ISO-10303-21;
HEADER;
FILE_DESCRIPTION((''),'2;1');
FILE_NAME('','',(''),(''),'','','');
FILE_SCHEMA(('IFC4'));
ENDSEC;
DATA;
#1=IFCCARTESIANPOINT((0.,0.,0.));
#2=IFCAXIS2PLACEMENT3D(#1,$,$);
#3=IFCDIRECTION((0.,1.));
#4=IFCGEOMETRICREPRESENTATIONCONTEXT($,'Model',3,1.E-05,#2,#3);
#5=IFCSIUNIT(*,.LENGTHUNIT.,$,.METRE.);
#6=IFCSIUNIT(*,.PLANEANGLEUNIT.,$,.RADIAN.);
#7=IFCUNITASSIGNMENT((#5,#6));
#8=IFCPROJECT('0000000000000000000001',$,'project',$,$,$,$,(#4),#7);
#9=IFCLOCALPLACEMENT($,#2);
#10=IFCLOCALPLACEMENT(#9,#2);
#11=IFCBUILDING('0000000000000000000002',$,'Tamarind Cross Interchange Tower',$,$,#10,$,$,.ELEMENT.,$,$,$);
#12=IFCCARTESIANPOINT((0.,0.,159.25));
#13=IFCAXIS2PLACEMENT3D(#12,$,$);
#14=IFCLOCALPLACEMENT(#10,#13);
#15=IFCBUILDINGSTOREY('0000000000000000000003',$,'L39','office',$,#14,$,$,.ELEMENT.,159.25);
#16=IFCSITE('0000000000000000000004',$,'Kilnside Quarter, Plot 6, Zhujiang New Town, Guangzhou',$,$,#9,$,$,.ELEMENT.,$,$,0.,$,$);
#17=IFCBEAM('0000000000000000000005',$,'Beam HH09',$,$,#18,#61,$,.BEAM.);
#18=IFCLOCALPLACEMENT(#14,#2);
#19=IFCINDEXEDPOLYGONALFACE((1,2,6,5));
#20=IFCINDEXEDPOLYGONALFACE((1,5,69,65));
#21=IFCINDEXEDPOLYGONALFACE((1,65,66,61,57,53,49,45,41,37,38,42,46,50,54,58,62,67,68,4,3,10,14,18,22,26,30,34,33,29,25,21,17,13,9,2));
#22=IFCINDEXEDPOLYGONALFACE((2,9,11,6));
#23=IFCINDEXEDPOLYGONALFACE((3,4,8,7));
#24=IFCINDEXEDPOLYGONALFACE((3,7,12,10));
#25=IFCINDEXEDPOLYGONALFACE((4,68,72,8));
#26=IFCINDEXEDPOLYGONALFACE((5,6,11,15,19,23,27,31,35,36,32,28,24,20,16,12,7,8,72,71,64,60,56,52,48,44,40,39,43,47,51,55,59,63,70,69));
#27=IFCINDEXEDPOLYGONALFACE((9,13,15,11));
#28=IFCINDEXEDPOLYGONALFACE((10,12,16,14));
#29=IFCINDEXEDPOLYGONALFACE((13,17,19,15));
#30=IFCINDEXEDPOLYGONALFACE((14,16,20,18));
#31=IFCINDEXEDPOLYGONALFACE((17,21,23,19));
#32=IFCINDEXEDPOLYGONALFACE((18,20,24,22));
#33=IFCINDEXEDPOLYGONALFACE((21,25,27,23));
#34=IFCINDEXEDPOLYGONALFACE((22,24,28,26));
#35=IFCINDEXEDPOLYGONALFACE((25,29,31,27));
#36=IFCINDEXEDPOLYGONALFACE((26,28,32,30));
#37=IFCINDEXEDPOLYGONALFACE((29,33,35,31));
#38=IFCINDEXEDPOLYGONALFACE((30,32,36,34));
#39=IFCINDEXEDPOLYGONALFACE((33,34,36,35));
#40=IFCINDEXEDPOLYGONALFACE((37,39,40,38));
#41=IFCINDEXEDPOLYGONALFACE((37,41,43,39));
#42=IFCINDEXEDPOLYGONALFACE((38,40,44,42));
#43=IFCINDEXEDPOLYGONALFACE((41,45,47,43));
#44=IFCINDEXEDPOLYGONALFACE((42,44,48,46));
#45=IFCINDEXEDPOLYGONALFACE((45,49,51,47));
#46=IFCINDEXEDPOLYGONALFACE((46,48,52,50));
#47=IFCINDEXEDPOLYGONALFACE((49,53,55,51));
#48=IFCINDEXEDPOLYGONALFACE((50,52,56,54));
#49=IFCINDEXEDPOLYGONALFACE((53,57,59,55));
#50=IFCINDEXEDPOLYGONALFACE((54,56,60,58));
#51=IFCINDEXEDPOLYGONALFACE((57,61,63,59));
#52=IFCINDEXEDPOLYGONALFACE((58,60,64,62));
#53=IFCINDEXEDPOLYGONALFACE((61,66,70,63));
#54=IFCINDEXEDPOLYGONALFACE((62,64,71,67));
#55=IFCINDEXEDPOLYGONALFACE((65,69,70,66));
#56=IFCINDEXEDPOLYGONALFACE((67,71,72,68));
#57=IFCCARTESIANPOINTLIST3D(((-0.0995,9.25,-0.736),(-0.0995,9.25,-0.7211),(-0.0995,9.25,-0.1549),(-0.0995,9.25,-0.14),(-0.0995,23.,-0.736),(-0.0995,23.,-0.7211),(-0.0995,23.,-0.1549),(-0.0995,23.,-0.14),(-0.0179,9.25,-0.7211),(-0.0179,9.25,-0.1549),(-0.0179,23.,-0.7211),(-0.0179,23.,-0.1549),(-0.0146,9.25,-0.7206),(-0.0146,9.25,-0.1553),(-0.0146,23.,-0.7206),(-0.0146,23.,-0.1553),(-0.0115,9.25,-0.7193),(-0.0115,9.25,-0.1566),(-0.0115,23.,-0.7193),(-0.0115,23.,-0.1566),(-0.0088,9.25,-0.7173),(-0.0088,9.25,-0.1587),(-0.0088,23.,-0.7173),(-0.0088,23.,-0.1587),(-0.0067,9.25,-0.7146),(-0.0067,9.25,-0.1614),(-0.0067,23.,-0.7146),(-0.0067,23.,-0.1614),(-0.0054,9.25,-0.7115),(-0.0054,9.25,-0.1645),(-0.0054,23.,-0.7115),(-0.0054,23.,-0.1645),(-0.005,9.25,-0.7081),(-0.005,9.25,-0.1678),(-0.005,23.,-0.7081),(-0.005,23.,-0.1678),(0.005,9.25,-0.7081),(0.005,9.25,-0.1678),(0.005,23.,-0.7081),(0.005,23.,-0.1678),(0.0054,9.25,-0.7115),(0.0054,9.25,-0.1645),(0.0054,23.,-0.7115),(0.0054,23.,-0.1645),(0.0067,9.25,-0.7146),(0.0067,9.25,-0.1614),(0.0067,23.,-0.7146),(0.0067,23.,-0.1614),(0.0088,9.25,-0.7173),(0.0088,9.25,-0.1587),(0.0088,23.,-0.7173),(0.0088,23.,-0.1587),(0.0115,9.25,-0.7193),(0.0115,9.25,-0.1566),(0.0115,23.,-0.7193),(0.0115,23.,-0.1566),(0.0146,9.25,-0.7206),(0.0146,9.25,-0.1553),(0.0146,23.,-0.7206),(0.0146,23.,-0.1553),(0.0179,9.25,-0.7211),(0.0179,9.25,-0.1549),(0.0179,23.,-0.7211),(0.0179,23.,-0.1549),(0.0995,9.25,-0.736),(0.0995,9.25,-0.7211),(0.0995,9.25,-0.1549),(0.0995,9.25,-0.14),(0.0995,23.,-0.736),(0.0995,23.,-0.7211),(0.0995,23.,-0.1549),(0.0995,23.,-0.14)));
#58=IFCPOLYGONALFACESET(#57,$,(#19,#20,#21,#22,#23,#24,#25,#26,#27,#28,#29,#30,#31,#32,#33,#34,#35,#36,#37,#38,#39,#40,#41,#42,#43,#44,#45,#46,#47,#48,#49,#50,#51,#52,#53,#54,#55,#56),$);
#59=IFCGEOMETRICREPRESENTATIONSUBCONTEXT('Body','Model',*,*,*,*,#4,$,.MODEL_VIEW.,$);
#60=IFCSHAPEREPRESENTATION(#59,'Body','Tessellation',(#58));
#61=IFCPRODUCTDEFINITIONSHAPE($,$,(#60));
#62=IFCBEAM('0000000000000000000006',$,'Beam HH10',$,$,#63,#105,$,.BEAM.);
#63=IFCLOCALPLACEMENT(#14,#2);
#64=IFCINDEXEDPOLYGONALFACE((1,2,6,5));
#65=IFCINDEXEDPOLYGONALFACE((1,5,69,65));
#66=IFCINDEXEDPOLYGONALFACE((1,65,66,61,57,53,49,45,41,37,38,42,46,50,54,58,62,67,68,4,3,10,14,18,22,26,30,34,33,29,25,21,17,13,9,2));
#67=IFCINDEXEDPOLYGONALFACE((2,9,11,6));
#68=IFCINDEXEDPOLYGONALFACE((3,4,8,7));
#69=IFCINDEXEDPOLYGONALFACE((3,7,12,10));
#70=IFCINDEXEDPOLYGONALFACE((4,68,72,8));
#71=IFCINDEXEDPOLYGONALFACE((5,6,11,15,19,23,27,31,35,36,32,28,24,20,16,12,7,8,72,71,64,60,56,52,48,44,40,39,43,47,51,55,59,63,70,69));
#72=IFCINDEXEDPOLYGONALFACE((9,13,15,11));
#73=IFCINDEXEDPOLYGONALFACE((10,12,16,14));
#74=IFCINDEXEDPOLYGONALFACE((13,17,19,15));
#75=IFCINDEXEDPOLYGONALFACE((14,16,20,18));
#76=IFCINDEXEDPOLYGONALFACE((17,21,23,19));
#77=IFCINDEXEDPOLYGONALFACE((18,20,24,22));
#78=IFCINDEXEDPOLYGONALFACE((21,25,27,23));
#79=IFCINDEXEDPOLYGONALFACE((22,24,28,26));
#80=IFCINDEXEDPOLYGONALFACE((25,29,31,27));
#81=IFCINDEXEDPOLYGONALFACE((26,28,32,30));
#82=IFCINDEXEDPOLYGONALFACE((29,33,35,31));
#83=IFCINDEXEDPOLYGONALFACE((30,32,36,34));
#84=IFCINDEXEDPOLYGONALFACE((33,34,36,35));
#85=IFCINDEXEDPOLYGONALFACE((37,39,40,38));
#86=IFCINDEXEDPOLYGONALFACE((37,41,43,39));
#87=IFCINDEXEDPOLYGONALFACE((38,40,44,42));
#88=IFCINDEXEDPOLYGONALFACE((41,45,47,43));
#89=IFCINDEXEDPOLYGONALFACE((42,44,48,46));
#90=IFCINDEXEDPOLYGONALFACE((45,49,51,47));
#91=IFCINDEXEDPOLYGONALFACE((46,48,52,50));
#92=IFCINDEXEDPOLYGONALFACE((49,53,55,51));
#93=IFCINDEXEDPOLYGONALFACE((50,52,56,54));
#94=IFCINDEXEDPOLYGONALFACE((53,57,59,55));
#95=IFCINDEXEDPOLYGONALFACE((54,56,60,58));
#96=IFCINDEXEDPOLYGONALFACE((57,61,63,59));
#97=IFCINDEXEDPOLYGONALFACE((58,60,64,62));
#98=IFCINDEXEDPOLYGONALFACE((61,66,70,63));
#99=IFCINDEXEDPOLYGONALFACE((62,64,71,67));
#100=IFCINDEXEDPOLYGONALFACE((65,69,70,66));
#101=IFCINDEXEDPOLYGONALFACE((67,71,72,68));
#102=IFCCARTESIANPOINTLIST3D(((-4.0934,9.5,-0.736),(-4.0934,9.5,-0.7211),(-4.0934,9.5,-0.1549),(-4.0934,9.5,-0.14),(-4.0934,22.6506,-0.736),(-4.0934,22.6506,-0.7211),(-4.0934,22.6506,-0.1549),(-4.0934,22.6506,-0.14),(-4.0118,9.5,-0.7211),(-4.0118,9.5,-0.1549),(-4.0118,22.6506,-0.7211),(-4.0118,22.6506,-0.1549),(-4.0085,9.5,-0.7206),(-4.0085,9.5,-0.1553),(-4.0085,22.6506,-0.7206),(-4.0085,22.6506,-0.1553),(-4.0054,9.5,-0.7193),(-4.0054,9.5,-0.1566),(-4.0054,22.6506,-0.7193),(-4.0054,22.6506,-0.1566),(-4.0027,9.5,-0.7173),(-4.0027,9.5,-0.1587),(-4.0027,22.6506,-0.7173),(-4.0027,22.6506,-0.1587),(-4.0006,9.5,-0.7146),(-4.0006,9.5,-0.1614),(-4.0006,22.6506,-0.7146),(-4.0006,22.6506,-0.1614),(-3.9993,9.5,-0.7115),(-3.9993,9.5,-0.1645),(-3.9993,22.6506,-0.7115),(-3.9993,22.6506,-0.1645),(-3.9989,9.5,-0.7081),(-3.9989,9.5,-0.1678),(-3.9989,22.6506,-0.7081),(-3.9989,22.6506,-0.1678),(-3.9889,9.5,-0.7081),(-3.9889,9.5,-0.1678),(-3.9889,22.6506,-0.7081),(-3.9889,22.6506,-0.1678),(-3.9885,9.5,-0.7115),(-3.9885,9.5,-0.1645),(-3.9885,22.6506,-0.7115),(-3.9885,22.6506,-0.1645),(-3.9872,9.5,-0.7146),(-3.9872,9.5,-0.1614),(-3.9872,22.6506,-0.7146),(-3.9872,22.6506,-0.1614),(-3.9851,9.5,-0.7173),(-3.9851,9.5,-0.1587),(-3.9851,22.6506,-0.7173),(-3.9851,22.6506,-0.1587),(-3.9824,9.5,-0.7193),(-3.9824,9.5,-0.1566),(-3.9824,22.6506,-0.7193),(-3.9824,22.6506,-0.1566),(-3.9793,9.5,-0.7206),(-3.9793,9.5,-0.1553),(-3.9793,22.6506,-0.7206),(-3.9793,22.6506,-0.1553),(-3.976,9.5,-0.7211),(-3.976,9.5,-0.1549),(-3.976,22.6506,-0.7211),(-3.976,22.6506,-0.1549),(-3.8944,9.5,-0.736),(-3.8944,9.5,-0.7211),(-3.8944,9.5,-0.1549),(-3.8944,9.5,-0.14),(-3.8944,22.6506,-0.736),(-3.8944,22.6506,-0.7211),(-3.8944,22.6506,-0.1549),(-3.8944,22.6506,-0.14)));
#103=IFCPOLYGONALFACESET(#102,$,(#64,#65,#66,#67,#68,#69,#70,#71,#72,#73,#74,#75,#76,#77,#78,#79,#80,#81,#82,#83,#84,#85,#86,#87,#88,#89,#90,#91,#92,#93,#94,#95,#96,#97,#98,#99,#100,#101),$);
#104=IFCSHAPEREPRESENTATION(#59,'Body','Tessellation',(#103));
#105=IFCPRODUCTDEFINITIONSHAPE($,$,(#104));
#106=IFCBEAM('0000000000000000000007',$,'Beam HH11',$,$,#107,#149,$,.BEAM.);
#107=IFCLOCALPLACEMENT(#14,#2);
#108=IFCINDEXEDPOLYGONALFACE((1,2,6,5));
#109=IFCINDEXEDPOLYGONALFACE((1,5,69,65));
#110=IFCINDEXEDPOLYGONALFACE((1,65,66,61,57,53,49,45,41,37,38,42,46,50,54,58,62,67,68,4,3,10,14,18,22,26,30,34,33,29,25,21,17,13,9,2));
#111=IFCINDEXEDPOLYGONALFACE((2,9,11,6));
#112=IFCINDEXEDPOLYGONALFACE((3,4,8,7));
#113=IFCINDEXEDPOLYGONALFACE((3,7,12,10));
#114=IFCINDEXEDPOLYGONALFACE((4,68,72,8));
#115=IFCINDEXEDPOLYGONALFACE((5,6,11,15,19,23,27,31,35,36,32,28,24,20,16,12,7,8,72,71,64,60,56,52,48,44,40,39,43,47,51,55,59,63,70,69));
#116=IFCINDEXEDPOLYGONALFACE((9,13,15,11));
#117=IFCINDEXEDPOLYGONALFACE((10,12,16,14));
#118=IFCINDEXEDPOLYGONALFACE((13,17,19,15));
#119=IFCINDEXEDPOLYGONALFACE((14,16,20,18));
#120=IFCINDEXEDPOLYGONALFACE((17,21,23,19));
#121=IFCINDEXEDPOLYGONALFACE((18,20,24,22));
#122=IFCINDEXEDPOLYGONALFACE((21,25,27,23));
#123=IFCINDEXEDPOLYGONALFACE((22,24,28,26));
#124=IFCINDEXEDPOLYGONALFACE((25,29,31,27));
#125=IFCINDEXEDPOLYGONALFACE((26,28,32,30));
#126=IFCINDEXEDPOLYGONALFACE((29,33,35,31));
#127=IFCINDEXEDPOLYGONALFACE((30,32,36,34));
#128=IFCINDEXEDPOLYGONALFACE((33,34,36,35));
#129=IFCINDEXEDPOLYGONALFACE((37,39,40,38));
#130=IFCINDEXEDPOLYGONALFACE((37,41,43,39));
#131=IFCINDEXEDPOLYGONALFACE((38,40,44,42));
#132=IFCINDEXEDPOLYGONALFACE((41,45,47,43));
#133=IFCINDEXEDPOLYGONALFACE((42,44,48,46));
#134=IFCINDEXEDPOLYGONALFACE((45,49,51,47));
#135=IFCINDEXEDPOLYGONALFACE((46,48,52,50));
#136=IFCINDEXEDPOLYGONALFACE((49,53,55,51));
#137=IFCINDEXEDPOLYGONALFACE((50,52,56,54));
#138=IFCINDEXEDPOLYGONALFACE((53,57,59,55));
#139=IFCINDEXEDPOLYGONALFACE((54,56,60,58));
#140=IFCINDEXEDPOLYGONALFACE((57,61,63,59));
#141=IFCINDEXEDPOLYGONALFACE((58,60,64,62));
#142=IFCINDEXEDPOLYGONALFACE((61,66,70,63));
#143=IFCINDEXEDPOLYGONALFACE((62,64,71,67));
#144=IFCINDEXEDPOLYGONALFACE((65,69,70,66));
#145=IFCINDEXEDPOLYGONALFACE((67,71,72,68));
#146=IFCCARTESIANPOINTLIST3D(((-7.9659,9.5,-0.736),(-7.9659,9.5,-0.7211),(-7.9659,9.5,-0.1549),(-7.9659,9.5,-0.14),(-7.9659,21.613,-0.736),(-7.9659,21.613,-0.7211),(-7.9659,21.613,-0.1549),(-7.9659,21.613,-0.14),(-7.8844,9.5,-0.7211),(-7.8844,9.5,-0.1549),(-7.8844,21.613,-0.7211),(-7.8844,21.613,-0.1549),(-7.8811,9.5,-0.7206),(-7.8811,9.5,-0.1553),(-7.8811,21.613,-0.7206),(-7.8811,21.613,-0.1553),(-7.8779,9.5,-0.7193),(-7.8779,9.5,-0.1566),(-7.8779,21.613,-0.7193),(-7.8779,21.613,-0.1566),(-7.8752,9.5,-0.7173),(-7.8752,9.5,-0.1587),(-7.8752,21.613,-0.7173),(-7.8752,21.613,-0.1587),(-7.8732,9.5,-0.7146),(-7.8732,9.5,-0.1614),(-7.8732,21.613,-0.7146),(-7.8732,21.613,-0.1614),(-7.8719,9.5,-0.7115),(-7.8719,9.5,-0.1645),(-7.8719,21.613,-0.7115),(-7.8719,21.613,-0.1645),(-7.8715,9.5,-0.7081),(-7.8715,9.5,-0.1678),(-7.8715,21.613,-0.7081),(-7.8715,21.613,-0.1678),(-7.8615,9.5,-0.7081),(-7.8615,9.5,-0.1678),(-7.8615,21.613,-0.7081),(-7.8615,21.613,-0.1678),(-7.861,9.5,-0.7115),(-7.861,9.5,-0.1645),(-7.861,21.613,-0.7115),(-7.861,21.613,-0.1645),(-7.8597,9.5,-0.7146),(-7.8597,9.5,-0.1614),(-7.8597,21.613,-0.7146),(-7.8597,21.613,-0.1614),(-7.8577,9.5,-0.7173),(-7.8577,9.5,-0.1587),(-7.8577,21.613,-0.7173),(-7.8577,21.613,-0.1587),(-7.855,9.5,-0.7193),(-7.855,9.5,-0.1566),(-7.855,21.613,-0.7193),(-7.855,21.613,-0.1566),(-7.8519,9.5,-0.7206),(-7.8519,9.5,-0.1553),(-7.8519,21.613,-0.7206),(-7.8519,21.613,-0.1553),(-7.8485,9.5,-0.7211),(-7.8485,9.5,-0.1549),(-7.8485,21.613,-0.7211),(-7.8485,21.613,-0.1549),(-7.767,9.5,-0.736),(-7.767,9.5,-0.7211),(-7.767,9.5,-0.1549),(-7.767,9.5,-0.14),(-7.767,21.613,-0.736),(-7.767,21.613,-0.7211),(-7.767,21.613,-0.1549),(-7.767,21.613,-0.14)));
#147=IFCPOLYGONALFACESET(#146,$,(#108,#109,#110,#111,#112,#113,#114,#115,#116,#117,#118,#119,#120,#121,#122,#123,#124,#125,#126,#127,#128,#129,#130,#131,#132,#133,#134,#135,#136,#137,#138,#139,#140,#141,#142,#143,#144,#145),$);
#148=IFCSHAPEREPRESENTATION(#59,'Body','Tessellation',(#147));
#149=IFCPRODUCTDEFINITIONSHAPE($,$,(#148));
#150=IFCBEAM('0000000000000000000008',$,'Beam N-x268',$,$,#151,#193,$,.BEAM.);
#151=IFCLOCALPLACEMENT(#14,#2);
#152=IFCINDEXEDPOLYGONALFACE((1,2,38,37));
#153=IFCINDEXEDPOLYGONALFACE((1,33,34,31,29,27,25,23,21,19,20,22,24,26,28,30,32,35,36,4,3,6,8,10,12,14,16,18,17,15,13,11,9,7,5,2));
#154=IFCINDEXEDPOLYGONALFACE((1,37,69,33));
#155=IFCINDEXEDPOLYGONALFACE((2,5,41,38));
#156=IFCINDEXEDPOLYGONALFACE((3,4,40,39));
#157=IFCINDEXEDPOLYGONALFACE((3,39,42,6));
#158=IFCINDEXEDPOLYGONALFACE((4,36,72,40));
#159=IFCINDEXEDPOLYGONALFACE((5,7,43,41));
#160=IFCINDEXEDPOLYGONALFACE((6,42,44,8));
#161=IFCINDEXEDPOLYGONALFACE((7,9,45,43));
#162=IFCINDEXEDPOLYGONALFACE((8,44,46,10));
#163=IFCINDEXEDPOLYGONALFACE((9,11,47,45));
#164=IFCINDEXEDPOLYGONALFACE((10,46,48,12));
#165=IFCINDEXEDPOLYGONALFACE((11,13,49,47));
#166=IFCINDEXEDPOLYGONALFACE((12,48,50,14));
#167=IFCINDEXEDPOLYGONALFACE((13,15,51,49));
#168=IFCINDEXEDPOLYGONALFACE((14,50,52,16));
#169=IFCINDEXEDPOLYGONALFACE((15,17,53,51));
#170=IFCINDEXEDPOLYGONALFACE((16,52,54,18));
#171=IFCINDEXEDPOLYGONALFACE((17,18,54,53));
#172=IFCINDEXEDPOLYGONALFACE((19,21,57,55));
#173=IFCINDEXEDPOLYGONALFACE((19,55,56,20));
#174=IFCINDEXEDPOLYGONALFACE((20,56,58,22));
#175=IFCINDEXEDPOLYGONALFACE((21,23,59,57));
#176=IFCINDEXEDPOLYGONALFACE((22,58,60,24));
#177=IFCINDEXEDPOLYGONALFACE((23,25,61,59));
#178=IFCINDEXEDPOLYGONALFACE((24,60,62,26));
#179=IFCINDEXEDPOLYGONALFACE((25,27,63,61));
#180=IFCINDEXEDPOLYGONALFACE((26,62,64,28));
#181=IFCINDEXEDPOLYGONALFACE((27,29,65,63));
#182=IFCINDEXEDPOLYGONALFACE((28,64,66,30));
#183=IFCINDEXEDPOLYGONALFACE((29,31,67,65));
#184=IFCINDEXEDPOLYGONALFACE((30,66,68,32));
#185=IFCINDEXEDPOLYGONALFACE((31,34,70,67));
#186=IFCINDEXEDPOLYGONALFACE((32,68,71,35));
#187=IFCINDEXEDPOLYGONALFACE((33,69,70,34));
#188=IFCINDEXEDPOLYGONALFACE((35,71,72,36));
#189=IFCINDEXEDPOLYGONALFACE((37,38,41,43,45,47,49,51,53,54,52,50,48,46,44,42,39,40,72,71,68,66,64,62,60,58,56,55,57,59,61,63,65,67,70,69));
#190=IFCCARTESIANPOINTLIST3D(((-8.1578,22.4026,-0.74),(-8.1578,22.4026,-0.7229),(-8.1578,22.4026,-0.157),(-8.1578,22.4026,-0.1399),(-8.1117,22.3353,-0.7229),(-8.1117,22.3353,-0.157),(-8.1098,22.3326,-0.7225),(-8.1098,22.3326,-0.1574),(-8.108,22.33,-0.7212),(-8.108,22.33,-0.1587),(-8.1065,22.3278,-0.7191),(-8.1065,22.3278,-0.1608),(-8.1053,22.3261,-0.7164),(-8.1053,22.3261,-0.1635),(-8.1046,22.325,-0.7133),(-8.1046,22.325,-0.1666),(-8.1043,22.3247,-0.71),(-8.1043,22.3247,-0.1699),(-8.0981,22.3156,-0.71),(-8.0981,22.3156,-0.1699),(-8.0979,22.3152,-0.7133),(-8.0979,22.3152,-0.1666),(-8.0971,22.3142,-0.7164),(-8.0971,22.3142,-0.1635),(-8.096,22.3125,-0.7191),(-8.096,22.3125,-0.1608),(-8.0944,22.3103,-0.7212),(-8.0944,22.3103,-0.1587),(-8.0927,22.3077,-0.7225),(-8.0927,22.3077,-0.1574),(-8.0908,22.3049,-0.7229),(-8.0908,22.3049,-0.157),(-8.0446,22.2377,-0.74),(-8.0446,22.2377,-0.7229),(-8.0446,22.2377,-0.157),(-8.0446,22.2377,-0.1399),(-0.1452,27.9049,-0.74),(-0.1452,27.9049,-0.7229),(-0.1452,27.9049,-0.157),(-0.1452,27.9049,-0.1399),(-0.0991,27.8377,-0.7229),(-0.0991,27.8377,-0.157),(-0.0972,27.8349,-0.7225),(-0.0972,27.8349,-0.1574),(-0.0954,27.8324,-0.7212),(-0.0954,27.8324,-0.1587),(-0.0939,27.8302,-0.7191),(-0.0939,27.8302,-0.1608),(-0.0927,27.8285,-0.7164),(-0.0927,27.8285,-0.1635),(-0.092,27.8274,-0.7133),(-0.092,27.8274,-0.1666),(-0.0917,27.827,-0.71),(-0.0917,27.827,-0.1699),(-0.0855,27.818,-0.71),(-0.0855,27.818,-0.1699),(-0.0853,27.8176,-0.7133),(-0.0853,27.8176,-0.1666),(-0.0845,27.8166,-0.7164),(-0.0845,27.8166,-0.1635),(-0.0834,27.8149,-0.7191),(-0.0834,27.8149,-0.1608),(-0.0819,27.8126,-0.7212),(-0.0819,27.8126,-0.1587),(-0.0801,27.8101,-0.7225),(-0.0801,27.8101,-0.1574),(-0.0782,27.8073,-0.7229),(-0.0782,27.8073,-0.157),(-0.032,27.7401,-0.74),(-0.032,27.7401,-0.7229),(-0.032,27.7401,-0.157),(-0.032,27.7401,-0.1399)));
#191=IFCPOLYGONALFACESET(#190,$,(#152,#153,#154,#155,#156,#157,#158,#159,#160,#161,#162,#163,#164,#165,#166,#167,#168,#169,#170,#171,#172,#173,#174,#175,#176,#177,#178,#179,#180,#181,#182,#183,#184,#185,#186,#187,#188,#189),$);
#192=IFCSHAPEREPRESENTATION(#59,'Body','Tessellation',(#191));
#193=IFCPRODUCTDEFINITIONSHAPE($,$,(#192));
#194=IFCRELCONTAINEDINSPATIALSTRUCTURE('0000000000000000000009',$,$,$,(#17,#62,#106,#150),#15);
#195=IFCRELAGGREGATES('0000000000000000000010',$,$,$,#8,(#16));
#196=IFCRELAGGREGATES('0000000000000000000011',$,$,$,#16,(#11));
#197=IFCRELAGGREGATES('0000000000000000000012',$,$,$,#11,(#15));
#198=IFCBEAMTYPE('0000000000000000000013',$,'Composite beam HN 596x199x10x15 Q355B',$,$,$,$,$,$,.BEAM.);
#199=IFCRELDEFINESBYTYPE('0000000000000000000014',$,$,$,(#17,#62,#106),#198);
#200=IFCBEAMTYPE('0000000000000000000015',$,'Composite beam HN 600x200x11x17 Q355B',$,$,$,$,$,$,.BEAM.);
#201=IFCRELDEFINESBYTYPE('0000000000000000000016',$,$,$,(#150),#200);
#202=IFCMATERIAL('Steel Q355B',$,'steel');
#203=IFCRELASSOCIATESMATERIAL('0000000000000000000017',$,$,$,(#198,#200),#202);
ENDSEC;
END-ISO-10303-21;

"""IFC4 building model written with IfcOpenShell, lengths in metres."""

from ifc_helpers import new_model, si_unit, direction, frame, origin, origin_2d, place, context, subcontext, project, spatial, i_section, extrude, material, material_profile, profile_set, type_object, element, save


model = new_model("IFC4")

# Units and contexts
model_context = context("Model", 3, precision=1e-05, world=origin(), true_north=direction((0.0, 1.0)))
body_context = subcontext(model_context, "Body", "Model", "MODEL_VIEW")
ifc_project = project(units=[si_unit("LENGTHUNIT", "METRE"), si_unit("PLANEANGLEUNIT", "RADIAN")], contexts=[model_context])

# Site, building, storey
site_placement = place(None, origin())
site = spatial("IfcSite", under=ifc_project, at=site_placement, Name="Kilnside Quarter, Plot 6, Zhujiang New Town, Guangzhou", CompositionType="ELEMENT", RefElevation=0.0)
building_placement = place(site_placement, origin())
building = spatial("IfcBuilding", under=site, at=building_placement, Name="Tamarind Cross Interchange Tower", CompositionType="ELEMENT")
storey_placement = place(building_placement, frame((0.0, 0.0, 159.25)))
storey = spatial("IfcBuildingStorey", under=building, at=storey_placement, Name="L39", Description="office", CompositionType="ELEMENT", Elevation=159.25)

# Beams
ifc_material_1 = material(Name="Steel Q355B", Category="steel")
ifc_material_profile_1 = material_profile(ifc_material_1, i_section(OverallWidth=0.199, OverallDepth=0.5959, WebThickness=0.01, FlangeThickness=0.0149, FilletRadius=0.0129, at=origin_2d()), Name="HN 596x199x10x15")
ifc_profile_set_1 = profile_set([ifc_material_profile_1], Name="Steel Q355B")
beam_type_1 = type_object("IfcBeamType", Name="Composite beam HN 596x199x10x15 Q355B", PredefinedType="BEAM", material=ifc_profile_set_1)
beam_1_placement = place(storey_placement, frame((0.0, 23.0, -0.438), z_axis=(0.0, -1.0, 0.0), x_axis=(1.0, 0.0, 0.0)))
element("IfcBeam", 1, at=beam_1_placement, inside=storey, type_object=beam_type_1, Name="Beam HH09", PredefinedType="BEAM", context=body_context, shape_type="SweptSolid", body=[
    extrude(i_section(OverallWidth=0.199, OverallDepth=0.5959, WebThickness=0.01, FlangeThickness=0.0149, FilletRadius=0.0129, at=origin_2d()), origin(), (0.0, 0.0, 1.0), 13.75),
])
beam_2_placement = place(storey_placement, frame((-3.9939, 22.6506, -0.438), z_axis=(0.0, -1.0, 0.0), x_axis=(1.0, 0.0, 0.0)))
element("IfcBeam", 2, at=beam_2_placement, inside=storey, type_object=beam_type_1, Name="Beam HH10", PredefinedType="BEAM", context=body_context, shape_type="SweptSolid", body=[
    extrude(i_section(OverallWidth=0.199, OverallDepth=0.5959, WebThickness=0.01, FlangeThickness=0.0149, FilletRadius=0.0129, at=origin_2d()), origin(), (0.0, 0.0, 1.0), 13.1506),
])
beam_3_placement = place(storey_placement, frame((-7.8665, 21.613, -0.438), z_axis=(0.0, -1.0, 0.0), x_axis=(1.0, 0.0, 0.0)))
element("IfcBeam", 3, at=beam_3_placement, inside=storey, type_object=beam_type_1, Name="Beam HH11", PredefinedType="BEAM", context=body_context, shape_type="SweptSolid", body=[
    extrude(i_section(OverallWidth=0.199, OverallDepth=0.5959, WebThickness=0.01, FlangeThickness=0.0149, FilletRadius=0.0129, at=origin_2d()), origin(), (0.0, 0.0, 1.0), 12.113),
])
ifc_material_profile_2 = material_profile(ifc_material_1, i_section(OverallWidth=0.2, OverallDepth=0.6001, WebThickness=0.011, FlangeThickness=0.0171, FilletRadius=0.0129, at=origin_2d()), Name="HN 600x200x11x17")
ifc_profile_set_2 = profile_set([ifc_material_profile_2], Name="Steel Q355B")
beam_type_2 = type_object("IfcBeamType", Name="Composite beam HN 600x200x11x17 Q355B", PredefinedType="BEAM", material=ifc_profile_set_2)
beam_4_placement = place(storey_placement, frame((-0.0886, 27.8225, -0.4399), z_axis=(-0.824344, -0.56609, 0.0), x_axis=(0.56609, -0.824344, 0.0)))
element("IfcBeam", 4, at=beam_4_placement, inside=storey, type_object=beam_type_2, Name="Beam N-x268", PredefinedType="BEAM", context=body_context, shape_type="SweptSolid", body=[
    extrude(i_section(OverallWidth=0.2, OverallDepth=0.6001, WebThickness=0.011, FlangeThickness=0.0171, FilletRadius=0.0129, at=origin_2d()), origin(), (0.0, 0.0, 1.0), 9.72),
])

save(model, "model.ifc")
